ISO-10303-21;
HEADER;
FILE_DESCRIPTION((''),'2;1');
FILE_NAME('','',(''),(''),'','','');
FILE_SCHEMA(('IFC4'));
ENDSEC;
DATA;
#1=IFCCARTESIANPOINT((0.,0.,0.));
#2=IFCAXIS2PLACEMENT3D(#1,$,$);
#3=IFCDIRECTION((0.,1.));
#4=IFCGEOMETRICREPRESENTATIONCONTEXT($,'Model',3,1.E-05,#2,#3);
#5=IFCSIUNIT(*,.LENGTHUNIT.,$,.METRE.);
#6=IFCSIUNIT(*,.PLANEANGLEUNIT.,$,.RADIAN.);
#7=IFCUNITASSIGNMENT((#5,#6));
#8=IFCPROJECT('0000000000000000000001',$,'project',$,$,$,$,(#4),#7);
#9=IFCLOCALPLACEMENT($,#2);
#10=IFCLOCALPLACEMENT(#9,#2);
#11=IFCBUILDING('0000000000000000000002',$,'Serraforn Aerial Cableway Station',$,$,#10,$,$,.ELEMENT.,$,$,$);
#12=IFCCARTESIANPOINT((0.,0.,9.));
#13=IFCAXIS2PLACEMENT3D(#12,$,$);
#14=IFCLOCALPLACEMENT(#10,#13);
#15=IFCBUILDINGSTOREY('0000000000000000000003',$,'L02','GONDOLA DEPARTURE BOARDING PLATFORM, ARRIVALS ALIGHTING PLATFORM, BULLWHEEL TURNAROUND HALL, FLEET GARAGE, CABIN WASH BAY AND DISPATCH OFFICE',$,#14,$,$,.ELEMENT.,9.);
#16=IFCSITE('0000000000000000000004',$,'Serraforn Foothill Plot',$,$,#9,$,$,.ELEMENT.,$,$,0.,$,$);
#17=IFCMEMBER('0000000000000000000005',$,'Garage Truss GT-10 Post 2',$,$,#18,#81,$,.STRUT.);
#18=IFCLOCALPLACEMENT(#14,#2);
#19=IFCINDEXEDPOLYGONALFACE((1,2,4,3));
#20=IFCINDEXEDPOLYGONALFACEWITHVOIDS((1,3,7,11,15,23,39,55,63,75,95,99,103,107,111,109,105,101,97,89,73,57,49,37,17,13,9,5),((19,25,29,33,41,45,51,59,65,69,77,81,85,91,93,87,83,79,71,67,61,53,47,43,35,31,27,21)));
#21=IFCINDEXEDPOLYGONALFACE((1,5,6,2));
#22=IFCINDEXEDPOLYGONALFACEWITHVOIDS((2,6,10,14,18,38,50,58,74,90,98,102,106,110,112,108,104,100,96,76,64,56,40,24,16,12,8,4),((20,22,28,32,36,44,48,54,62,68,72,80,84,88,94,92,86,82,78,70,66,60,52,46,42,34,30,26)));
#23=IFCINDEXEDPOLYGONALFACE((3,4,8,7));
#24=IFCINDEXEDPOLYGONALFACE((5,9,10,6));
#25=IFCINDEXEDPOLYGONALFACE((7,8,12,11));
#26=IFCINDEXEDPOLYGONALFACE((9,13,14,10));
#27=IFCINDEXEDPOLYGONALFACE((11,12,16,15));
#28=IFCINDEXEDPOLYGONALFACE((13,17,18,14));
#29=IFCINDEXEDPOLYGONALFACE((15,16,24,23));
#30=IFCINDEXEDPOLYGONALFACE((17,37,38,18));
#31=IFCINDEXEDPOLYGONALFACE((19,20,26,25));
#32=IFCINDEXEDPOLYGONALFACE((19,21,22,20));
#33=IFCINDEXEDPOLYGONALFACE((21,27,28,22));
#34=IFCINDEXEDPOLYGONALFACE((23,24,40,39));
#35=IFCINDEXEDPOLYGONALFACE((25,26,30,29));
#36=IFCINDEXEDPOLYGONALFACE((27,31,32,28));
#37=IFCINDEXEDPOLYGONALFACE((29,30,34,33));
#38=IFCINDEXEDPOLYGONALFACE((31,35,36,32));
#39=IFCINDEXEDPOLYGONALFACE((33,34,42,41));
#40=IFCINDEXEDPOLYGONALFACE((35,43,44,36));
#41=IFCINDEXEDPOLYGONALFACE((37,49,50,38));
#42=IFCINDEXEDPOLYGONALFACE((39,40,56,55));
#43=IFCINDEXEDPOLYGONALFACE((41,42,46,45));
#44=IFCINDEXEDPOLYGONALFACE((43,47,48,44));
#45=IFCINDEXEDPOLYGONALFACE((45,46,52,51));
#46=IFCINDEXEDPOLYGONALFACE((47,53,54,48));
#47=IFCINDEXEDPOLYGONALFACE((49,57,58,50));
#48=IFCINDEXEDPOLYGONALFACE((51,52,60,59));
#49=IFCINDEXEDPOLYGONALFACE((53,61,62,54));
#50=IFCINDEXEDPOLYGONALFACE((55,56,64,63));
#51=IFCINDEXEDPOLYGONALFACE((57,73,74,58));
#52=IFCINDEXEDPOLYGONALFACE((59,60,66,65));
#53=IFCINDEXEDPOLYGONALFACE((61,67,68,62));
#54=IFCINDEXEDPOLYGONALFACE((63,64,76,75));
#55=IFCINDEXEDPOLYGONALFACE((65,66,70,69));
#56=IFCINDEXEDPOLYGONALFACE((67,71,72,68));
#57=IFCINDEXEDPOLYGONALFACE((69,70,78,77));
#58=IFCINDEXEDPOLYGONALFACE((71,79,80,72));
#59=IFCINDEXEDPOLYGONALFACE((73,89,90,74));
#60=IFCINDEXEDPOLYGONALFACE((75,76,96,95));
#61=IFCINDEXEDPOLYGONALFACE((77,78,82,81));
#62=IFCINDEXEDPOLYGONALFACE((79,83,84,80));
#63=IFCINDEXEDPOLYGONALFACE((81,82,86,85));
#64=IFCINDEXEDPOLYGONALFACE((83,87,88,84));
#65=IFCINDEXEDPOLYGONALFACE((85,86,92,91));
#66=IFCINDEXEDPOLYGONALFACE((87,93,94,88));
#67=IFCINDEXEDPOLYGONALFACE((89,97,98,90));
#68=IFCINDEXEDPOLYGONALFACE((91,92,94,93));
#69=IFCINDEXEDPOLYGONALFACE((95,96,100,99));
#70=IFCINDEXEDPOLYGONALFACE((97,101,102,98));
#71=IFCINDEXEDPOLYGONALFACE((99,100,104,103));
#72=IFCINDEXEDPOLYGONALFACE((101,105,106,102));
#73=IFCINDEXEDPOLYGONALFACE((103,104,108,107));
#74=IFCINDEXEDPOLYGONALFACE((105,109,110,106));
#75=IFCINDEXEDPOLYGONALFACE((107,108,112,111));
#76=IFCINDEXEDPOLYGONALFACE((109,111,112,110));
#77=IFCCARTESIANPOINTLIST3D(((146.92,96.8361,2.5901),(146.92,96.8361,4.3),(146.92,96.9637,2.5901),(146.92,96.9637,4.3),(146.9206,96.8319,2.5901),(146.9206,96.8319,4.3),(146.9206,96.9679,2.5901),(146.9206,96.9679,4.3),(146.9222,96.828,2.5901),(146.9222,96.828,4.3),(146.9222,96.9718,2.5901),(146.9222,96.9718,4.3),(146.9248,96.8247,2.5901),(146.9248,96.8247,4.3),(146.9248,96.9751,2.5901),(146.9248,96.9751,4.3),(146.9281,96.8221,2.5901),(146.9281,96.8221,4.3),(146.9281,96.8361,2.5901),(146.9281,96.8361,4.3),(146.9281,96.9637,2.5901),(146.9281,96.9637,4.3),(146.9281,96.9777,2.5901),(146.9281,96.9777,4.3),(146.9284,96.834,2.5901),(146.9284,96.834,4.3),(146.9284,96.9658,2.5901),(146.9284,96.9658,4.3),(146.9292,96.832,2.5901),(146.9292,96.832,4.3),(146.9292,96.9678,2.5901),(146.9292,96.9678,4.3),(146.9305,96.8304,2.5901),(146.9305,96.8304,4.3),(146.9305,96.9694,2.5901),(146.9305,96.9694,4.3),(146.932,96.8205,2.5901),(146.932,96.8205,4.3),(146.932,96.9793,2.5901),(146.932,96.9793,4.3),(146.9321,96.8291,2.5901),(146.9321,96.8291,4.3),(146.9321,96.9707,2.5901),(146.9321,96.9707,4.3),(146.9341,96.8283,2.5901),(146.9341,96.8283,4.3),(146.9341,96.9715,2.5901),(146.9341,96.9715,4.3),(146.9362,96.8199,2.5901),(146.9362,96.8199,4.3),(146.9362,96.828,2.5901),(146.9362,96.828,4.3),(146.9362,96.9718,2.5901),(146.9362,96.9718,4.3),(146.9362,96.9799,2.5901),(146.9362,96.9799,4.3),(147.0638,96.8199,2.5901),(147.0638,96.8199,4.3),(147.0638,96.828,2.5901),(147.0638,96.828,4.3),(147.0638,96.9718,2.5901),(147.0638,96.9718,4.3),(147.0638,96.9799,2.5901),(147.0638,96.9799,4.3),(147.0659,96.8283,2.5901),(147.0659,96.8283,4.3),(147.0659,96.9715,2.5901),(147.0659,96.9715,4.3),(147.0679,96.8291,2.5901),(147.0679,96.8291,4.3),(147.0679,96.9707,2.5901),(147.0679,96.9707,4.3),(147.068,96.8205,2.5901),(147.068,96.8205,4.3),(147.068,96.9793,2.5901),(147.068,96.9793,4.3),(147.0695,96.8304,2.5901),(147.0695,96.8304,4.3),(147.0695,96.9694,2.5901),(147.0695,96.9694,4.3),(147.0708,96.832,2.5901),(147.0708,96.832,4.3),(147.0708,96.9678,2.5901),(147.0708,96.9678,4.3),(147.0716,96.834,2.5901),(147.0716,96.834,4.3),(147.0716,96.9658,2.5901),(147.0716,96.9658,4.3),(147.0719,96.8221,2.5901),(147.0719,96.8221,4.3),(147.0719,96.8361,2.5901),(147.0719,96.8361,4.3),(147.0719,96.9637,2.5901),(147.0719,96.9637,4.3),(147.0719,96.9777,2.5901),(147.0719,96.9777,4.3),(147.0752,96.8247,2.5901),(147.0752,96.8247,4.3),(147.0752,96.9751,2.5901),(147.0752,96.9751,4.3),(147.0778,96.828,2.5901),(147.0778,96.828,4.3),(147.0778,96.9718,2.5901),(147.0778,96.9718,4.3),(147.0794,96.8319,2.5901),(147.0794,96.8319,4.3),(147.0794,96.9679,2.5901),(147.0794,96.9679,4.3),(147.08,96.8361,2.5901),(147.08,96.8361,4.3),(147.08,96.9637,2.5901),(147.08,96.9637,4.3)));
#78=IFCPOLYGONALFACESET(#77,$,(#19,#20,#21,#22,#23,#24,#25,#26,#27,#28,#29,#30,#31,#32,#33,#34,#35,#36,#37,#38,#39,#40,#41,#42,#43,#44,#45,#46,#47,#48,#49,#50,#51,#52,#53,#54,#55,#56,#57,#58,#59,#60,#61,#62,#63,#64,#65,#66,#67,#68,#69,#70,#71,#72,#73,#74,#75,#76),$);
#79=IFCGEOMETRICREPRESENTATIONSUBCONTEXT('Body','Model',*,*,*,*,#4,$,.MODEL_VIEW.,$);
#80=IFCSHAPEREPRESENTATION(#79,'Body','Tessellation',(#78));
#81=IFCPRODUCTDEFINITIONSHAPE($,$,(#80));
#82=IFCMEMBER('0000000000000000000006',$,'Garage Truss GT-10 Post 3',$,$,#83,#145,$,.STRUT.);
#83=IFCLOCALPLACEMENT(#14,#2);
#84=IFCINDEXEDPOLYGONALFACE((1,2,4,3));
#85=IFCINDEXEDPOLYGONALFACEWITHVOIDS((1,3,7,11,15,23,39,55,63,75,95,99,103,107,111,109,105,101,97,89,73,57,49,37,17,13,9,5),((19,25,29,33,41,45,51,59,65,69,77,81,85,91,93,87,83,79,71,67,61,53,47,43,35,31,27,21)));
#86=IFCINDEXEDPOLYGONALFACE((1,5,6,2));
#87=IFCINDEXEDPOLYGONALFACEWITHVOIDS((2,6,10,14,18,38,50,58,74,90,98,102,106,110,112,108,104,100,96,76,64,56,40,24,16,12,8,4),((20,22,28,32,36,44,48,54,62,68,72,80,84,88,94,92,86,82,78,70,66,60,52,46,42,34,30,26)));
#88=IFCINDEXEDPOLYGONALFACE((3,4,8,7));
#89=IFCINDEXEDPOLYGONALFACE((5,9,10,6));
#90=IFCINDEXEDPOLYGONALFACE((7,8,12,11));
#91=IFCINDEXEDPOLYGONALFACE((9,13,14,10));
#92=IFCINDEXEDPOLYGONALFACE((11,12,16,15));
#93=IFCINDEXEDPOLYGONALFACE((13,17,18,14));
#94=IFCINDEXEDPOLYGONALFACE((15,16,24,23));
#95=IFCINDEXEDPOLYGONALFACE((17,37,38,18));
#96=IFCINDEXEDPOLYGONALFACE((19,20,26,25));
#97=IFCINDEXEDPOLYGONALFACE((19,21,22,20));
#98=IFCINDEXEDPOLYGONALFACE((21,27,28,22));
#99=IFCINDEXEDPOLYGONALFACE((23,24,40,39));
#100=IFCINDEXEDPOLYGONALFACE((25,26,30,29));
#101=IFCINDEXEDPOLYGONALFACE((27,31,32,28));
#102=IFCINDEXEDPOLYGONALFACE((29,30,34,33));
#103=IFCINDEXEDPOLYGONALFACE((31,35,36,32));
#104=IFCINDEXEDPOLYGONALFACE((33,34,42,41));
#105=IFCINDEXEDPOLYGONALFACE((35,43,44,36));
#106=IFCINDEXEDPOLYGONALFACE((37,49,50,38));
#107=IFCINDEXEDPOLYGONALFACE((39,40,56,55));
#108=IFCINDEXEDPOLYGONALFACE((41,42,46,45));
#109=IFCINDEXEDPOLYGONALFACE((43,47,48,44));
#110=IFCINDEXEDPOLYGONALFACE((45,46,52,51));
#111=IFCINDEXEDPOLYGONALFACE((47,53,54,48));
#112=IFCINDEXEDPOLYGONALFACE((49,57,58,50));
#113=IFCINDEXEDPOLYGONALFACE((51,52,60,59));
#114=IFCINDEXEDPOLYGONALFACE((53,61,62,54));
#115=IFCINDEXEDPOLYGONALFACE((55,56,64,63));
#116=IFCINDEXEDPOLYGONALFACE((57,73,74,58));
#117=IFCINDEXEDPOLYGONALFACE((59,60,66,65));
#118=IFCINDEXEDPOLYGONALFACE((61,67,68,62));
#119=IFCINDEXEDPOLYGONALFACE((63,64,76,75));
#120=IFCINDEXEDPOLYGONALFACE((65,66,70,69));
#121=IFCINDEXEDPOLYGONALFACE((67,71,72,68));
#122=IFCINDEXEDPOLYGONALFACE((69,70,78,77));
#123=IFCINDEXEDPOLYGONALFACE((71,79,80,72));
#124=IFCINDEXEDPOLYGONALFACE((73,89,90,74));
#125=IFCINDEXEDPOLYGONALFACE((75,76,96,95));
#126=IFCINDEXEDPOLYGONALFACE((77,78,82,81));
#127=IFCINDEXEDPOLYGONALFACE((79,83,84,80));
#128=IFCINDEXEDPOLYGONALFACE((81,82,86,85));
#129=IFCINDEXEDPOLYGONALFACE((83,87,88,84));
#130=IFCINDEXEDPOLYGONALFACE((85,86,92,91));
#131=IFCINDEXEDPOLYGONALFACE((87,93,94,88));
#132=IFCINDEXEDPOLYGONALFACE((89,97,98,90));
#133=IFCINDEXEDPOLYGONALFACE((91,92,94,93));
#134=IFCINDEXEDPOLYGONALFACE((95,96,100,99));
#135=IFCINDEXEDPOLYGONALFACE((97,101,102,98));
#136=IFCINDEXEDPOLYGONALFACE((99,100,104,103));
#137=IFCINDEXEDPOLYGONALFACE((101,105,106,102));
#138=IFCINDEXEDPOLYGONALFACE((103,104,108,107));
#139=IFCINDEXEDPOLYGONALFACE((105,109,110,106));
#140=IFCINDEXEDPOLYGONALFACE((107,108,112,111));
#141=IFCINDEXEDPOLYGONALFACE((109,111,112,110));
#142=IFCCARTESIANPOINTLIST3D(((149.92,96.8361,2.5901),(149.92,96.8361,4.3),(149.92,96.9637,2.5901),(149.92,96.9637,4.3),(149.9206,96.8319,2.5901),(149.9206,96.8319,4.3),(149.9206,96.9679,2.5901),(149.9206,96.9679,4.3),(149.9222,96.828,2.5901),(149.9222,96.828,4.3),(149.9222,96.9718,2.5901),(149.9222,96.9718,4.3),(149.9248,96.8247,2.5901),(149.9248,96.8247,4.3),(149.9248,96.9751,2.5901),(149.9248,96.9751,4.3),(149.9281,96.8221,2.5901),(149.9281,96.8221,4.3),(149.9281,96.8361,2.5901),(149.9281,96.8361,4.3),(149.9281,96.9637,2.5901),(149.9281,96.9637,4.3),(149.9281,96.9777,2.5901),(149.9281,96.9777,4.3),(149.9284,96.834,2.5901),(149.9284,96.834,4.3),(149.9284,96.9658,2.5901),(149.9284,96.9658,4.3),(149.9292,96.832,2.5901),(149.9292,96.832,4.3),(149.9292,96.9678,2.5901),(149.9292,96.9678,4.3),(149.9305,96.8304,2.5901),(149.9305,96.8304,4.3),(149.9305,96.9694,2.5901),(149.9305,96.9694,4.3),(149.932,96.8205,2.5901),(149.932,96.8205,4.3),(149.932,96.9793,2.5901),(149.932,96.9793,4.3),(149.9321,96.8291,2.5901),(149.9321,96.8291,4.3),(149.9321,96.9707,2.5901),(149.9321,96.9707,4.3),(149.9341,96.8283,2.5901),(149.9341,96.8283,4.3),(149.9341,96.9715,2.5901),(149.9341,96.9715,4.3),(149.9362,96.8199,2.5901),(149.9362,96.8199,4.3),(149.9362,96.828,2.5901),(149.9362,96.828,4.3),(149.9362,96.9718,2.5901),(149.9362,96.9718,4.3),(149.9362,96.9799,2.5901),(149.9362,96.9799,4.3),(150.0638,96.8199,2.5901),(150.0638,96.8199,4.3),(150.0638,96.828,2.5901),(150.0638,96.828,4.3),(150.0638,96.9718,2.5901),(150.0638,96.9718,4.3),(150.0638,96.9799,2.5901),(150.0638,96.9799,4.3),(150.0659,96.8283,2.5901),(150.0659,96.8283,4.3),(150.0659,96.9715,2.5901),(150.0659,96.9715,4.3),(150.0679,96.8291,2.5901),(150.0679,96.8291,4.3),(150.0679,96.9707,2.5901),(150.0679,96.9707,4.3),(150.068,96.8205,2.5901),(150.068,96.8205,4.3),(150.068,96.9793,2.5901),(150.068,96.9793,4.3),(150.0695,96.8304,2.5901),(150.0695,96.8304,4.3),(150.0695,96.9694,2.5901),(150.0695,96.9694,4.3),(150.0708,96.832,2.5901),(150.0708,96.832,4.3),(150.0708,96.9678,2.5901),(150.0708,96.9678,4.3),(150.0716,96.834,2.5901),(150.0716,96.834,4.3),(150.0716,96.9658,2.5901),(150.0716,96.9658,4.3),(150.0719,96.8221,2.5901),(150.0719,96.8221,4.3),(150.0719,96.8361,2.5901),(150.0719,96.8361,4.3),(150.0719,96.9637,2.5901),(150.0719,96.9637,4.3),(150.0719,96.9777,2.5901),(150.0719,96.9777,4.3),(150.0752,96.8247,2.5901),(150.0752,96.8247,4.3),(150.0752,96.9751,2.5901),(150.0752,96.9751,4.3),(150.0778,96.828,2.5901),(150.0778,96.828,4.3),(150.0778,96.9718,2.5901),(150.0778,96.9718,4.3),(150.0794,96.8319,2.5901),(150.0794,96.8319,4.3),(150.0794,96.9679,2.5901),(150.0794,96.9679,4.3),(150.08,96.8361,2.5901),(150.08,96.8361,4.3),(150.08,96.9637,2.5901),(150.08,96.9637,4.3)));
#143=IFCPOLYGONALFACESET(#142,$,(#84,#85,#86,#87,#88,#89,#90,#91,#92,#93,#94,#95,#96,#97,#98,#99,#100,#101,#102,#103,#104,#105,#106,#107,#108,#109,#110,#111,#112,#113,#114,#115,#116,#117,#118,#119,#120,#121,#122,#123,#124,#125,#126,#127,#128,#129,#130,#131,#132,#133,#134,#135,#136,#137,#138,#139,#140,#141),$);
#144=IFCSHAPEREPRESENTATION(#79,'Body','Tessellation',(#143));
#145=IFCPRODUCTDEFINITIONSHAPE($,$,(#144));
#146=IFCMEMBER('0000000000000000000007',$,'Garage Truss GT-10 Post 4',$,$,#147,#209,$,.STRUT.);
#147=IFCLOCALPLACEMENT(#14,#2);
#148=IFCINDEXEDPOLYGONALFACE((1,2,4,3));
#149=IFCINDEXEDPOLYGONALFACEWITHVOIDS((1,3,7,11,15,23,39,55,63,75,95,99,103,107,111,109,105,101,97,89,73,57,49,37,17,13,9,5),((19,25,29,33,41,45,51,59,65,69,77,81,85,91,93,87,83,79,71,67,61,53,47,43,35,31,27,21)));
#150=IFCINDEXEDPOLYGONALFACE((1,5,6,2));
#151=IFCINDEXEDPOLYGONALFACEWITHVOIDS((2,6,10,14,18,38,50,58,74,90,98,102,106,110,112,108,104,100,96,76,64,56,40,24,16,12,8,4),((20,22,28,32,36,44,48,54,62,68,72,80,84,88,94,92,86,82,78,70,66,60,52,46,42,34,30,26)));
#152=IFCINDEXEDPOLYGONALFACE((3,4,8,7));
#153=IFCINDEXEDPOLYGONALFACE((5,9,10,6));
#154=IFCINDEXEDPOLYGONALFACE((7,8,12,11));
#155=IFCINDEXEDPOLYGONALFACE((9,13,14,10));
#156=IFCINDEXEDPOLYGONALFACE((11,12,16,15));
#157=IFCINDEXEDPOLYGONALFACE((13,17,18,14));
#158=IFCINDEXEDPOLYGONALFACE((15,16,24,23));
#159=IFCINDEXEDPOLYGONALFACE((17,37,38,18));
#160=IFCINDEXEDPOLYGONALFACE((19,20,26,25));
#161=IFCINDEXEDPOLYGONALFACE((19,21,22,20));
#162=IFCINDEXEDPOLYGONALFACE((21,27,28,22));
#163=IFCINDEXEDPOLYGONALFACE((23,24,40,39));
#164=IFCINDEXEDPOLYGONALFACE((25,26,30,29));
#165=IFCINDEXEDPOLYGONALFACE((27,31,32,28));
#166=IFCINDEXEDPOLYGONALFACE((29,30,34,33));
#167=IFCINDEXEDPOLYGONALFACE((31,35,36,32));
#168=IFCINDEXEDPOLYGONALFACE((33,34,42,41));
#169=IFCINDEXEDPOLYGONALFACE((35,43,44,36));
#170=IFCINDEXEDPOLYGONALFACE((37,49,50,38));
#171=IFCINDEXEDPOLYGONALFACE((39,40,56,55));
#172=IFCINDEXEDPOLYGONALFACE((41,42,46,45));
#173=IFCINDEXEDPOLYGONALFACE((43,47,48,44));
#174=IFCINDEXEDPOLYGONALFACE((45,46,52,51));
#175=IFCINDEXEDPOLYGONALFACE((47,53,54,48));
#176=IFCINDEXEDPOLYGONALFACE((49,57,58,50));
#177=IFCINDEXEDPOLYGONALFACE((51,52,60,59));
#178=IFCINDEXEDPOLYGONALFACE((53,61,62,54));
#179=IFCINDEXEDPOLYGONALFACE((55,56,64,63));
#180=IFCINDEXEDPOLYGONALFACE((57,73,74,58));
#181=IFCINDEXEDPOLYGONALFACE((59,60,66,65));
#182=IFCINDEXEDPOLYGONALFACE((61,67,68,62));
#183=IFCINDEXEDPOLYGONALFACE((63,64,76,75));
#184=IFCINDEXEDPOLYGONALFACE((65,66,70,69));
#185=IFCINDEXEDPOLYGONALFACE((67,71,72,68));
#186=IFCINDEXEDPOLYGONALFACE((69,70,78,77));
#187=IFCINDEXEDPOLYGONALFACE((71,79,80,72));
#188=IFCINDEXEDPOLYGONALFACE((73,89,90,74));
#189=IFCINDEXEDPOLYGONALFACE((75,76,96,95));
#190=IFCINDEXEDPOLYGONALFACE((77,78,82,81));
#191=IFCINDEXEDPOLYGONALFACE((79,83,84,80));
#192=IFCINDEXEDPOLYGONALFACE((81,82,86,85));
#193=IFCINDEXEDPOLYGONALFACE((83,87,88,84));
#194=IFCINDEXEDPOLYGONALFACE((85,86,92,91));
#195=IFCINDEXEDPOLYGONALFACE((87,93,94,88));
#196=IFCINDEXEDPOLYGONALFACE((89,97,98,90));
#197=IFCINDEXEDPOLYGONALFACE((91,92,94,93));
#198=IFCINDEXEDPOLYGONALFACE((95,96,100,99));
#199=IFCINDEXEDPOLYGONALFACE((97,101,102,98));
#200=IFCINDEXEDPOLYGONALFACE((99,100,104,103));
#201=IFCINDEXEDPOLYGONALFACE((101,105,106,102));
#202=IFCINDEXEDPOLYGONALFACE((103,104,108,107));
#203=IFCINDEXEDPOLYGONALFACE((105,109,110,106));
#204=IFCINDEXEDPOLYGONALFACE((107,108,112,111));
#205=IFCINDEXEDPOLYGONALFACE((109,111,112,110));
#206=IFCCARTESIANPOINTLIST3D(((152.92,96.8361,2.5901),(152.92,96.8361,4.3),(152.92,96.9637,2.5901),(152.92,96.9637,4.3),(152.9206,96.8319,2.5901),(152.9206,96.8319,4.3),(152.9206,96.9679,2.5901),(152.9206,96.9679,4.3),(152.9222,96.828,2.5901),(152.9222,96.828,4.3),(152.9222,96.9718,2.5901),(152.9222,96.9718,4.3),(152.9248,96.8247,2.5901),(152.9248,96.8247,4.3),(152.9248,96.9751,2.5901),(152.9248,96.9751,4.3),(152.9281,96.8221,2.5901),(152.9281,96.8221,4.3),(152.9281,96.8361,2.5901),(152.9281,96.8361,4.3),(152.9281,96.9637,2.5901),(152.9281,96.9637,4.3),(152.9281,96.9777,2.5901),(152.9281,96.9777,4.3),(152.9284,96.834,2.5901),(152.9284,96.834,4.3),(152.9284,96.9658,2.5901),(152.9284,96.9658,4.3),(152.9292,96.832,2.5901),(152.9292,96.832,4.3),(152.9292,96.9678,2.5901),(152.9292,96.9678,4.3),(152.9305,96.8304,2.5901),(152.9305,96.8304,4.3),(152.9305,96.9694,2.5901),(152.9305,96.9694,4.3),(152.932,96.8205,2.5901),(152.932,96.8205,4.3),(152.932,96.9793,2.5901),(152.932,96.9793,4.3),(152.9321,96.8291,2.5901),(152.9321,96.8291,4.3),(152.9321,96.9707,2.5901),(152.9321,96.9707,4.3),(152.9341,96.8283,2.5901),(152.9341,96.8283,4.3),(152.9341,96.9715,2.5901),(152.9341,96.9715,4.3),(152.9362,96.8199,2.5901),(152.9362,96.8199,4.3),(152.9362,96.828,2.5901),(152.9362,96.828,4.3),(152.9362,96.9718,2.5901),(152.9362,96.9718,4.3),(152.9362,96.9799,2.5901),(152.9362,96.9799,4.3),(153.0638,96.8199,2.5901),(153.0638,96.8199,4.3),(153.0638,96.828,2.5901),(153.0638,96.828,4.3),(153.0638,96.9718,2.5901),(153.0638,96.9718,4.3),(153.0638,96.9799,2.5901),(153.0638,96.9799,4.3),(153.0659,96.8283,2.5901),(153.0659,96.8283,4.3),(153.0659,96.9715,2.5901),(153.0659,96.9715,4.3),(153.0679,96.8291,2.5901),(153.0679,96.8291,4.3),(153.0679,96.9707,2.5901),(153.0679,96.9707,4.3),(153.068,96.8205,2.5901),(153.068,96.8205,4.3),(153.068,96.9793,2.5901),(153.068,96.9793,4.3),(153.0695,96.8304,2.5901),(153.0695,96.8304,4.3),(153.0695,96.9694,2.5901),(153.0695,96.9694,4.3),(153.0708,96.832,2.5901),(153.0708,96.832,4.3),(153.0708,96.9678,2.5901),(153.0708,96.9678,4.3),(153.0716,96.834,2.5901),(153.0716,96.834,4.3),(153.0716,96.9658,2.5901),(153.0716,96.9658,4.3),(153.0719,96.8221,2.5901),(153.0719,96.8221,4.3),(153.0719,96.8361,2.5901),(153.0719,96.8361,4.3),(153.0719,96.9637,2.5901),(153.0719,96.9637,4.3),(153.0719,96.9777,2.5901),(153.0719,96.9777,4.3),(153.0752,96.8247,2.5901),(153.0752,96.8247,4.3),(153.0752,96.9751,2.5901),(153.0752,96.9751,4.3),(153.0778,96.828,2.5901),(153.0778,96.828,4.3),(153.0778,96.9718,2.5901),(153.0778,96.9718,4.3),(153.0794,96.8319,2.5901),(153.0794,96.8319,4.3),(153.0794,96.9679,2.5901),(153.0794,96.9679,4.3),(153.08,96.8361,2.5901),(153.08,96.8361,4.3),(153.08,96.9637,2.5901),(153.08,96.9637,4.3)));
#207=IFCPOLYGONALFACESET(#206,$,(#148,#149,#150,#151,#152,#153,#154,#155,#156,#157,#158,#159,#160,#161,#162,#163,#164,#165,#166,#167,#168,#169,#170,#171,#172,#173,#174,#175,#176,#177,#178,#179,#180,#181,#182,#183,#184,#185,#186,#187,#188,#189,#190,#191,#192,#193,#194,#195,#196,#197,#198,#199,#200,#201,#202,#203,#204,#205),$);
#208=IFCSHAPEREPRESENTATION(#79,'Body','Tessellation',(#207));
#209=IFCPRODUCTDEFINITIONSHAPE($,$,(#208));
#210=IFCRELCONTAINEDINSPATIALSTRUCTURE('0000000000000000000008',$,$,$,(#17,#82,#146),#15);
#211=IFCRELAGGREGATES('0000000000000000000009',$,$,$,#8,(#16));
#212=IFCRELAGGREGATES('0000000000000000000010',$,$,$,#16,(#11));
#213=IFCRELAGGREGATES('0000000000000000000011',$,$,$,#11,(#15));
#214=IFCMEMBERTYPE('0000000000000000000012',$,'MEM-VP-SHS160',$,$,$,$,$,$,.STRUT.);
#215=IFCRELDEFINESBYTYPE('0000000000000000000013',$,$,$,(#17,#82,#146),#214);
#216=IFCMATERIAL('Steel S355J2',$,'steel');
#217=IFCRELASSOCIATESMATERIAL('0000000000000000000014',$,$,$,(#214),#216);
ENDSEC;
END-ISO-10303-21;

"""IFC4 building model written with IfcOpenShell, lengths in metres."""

from ifc_helpers import new_model, si_unit, direction, frame, origin, origin_2d, place, context, subcontext, project, spatial, hollow_rectangle, extrude, material, material_profile, profile_set, type_object, element, save


model = new_model("IFC4")

# Units and contexts
model_context = context("Model", 3, precision=1e-05, world=origin(), true_north=direction((0.0, 1.0)))
body_context = subcontext(model_context, "Body", "Model", "MODEL_VIEW")
ifc_project = project(units=[si_unit("LENGTHUNIT", "METRE"), si_unit("PLANEANGLEUNIT", "RADIAN")], contexts=[model_context])

# Site, building, storey
site_placement = place(None, origin())
site = spatial("IfcSite", under=ifc_project, at=site_placement, Name="Serraforn Foothill Plot", CompositionType="ELEMENT", RefElevation=0.0)
building_placement = place(site_placement, origin())
building = spatial("IfcBuilding", under=site, at=building_placement, Name="Serraforn Aerial Cableway Station", CompositionType="ELEMENT")
storey_placement = place(building_placement, frame((0.0, 0.0, 9.0)))
storey = spatial("IfcBuildingStorey", under=building, at=storey_placement, Name="L02", Description="GONDOLA DEPARTURE BOARDING PLATFORM, ARRIVALS ALIGHTING PLATFORM, BULLWHEEL TURNAROUND HALL, FLEET GARAGE, CABIN WASH BAY AND DISPATCH OFFICE", CompositionType="ELEMENT", Elevation=9.0)

# Members
ifc_material_1 = material(Name="Steel S355J2", Category="steel")
ifc_material_profile_1 = material_profile(ifc_material_1, hollow_rectangle(XDim=0.1599, YDim=0.1599, WallThickness=0.0081, InnerFilletRadius=0.0081, OuterFilletRadius=0.0161, at=origin_2d()), Name="SHS 160x160x8.0")
ifc_profile_set_1 = profile_set([ifc_material_profile_1], Name="Steel S355J2")
member_type_1 = type_object("IfcMemberType", Name="MEM-VP-SHS160", PredefinedType="STRUT", material=ifc_profile_set_1)
for number, where, z_axis, x_axis, name in (
    (1, (147.0, 96.8999, 2.5901), (0.0, 0.0, 1.0), (1.0, 0.0, 0.0), "Garage Truss GT-10 Post 2"),
    (2, (150.0, 96.8999, 2.5901), (0.0, 0.0, 1.0), (1.0, 0.0, 0.0), "Garage Truss GT-10 Post 3"),
    (3, (153.0, 96.8999, 2.5901), (0.0, 0.0, 1.0), (1.0, 0.0, 0.0), "Garage Truss GT-10 Post 4"),
):
    element("IfcMember", number, at=place(storey_placement, frame(where, z_axis=z_axis, x_axis=x_axis)), inside=storey, type_object=member_type_1, Name=name, PredefinedType="STRUT", context=body_context, shape_type="SweptSolid", body=[
        extrude(hollow_rectangle(XDim=0.1599, YDim=0.1599, WallThickness=0.0081, InnerFilletRadius=0.0081, OuterFilletRadius=0.0161, at=origin_2d()), origin(), (0.0, 0.0, 1.0), 1.71),
    ])

save(model, "model.ifc")
